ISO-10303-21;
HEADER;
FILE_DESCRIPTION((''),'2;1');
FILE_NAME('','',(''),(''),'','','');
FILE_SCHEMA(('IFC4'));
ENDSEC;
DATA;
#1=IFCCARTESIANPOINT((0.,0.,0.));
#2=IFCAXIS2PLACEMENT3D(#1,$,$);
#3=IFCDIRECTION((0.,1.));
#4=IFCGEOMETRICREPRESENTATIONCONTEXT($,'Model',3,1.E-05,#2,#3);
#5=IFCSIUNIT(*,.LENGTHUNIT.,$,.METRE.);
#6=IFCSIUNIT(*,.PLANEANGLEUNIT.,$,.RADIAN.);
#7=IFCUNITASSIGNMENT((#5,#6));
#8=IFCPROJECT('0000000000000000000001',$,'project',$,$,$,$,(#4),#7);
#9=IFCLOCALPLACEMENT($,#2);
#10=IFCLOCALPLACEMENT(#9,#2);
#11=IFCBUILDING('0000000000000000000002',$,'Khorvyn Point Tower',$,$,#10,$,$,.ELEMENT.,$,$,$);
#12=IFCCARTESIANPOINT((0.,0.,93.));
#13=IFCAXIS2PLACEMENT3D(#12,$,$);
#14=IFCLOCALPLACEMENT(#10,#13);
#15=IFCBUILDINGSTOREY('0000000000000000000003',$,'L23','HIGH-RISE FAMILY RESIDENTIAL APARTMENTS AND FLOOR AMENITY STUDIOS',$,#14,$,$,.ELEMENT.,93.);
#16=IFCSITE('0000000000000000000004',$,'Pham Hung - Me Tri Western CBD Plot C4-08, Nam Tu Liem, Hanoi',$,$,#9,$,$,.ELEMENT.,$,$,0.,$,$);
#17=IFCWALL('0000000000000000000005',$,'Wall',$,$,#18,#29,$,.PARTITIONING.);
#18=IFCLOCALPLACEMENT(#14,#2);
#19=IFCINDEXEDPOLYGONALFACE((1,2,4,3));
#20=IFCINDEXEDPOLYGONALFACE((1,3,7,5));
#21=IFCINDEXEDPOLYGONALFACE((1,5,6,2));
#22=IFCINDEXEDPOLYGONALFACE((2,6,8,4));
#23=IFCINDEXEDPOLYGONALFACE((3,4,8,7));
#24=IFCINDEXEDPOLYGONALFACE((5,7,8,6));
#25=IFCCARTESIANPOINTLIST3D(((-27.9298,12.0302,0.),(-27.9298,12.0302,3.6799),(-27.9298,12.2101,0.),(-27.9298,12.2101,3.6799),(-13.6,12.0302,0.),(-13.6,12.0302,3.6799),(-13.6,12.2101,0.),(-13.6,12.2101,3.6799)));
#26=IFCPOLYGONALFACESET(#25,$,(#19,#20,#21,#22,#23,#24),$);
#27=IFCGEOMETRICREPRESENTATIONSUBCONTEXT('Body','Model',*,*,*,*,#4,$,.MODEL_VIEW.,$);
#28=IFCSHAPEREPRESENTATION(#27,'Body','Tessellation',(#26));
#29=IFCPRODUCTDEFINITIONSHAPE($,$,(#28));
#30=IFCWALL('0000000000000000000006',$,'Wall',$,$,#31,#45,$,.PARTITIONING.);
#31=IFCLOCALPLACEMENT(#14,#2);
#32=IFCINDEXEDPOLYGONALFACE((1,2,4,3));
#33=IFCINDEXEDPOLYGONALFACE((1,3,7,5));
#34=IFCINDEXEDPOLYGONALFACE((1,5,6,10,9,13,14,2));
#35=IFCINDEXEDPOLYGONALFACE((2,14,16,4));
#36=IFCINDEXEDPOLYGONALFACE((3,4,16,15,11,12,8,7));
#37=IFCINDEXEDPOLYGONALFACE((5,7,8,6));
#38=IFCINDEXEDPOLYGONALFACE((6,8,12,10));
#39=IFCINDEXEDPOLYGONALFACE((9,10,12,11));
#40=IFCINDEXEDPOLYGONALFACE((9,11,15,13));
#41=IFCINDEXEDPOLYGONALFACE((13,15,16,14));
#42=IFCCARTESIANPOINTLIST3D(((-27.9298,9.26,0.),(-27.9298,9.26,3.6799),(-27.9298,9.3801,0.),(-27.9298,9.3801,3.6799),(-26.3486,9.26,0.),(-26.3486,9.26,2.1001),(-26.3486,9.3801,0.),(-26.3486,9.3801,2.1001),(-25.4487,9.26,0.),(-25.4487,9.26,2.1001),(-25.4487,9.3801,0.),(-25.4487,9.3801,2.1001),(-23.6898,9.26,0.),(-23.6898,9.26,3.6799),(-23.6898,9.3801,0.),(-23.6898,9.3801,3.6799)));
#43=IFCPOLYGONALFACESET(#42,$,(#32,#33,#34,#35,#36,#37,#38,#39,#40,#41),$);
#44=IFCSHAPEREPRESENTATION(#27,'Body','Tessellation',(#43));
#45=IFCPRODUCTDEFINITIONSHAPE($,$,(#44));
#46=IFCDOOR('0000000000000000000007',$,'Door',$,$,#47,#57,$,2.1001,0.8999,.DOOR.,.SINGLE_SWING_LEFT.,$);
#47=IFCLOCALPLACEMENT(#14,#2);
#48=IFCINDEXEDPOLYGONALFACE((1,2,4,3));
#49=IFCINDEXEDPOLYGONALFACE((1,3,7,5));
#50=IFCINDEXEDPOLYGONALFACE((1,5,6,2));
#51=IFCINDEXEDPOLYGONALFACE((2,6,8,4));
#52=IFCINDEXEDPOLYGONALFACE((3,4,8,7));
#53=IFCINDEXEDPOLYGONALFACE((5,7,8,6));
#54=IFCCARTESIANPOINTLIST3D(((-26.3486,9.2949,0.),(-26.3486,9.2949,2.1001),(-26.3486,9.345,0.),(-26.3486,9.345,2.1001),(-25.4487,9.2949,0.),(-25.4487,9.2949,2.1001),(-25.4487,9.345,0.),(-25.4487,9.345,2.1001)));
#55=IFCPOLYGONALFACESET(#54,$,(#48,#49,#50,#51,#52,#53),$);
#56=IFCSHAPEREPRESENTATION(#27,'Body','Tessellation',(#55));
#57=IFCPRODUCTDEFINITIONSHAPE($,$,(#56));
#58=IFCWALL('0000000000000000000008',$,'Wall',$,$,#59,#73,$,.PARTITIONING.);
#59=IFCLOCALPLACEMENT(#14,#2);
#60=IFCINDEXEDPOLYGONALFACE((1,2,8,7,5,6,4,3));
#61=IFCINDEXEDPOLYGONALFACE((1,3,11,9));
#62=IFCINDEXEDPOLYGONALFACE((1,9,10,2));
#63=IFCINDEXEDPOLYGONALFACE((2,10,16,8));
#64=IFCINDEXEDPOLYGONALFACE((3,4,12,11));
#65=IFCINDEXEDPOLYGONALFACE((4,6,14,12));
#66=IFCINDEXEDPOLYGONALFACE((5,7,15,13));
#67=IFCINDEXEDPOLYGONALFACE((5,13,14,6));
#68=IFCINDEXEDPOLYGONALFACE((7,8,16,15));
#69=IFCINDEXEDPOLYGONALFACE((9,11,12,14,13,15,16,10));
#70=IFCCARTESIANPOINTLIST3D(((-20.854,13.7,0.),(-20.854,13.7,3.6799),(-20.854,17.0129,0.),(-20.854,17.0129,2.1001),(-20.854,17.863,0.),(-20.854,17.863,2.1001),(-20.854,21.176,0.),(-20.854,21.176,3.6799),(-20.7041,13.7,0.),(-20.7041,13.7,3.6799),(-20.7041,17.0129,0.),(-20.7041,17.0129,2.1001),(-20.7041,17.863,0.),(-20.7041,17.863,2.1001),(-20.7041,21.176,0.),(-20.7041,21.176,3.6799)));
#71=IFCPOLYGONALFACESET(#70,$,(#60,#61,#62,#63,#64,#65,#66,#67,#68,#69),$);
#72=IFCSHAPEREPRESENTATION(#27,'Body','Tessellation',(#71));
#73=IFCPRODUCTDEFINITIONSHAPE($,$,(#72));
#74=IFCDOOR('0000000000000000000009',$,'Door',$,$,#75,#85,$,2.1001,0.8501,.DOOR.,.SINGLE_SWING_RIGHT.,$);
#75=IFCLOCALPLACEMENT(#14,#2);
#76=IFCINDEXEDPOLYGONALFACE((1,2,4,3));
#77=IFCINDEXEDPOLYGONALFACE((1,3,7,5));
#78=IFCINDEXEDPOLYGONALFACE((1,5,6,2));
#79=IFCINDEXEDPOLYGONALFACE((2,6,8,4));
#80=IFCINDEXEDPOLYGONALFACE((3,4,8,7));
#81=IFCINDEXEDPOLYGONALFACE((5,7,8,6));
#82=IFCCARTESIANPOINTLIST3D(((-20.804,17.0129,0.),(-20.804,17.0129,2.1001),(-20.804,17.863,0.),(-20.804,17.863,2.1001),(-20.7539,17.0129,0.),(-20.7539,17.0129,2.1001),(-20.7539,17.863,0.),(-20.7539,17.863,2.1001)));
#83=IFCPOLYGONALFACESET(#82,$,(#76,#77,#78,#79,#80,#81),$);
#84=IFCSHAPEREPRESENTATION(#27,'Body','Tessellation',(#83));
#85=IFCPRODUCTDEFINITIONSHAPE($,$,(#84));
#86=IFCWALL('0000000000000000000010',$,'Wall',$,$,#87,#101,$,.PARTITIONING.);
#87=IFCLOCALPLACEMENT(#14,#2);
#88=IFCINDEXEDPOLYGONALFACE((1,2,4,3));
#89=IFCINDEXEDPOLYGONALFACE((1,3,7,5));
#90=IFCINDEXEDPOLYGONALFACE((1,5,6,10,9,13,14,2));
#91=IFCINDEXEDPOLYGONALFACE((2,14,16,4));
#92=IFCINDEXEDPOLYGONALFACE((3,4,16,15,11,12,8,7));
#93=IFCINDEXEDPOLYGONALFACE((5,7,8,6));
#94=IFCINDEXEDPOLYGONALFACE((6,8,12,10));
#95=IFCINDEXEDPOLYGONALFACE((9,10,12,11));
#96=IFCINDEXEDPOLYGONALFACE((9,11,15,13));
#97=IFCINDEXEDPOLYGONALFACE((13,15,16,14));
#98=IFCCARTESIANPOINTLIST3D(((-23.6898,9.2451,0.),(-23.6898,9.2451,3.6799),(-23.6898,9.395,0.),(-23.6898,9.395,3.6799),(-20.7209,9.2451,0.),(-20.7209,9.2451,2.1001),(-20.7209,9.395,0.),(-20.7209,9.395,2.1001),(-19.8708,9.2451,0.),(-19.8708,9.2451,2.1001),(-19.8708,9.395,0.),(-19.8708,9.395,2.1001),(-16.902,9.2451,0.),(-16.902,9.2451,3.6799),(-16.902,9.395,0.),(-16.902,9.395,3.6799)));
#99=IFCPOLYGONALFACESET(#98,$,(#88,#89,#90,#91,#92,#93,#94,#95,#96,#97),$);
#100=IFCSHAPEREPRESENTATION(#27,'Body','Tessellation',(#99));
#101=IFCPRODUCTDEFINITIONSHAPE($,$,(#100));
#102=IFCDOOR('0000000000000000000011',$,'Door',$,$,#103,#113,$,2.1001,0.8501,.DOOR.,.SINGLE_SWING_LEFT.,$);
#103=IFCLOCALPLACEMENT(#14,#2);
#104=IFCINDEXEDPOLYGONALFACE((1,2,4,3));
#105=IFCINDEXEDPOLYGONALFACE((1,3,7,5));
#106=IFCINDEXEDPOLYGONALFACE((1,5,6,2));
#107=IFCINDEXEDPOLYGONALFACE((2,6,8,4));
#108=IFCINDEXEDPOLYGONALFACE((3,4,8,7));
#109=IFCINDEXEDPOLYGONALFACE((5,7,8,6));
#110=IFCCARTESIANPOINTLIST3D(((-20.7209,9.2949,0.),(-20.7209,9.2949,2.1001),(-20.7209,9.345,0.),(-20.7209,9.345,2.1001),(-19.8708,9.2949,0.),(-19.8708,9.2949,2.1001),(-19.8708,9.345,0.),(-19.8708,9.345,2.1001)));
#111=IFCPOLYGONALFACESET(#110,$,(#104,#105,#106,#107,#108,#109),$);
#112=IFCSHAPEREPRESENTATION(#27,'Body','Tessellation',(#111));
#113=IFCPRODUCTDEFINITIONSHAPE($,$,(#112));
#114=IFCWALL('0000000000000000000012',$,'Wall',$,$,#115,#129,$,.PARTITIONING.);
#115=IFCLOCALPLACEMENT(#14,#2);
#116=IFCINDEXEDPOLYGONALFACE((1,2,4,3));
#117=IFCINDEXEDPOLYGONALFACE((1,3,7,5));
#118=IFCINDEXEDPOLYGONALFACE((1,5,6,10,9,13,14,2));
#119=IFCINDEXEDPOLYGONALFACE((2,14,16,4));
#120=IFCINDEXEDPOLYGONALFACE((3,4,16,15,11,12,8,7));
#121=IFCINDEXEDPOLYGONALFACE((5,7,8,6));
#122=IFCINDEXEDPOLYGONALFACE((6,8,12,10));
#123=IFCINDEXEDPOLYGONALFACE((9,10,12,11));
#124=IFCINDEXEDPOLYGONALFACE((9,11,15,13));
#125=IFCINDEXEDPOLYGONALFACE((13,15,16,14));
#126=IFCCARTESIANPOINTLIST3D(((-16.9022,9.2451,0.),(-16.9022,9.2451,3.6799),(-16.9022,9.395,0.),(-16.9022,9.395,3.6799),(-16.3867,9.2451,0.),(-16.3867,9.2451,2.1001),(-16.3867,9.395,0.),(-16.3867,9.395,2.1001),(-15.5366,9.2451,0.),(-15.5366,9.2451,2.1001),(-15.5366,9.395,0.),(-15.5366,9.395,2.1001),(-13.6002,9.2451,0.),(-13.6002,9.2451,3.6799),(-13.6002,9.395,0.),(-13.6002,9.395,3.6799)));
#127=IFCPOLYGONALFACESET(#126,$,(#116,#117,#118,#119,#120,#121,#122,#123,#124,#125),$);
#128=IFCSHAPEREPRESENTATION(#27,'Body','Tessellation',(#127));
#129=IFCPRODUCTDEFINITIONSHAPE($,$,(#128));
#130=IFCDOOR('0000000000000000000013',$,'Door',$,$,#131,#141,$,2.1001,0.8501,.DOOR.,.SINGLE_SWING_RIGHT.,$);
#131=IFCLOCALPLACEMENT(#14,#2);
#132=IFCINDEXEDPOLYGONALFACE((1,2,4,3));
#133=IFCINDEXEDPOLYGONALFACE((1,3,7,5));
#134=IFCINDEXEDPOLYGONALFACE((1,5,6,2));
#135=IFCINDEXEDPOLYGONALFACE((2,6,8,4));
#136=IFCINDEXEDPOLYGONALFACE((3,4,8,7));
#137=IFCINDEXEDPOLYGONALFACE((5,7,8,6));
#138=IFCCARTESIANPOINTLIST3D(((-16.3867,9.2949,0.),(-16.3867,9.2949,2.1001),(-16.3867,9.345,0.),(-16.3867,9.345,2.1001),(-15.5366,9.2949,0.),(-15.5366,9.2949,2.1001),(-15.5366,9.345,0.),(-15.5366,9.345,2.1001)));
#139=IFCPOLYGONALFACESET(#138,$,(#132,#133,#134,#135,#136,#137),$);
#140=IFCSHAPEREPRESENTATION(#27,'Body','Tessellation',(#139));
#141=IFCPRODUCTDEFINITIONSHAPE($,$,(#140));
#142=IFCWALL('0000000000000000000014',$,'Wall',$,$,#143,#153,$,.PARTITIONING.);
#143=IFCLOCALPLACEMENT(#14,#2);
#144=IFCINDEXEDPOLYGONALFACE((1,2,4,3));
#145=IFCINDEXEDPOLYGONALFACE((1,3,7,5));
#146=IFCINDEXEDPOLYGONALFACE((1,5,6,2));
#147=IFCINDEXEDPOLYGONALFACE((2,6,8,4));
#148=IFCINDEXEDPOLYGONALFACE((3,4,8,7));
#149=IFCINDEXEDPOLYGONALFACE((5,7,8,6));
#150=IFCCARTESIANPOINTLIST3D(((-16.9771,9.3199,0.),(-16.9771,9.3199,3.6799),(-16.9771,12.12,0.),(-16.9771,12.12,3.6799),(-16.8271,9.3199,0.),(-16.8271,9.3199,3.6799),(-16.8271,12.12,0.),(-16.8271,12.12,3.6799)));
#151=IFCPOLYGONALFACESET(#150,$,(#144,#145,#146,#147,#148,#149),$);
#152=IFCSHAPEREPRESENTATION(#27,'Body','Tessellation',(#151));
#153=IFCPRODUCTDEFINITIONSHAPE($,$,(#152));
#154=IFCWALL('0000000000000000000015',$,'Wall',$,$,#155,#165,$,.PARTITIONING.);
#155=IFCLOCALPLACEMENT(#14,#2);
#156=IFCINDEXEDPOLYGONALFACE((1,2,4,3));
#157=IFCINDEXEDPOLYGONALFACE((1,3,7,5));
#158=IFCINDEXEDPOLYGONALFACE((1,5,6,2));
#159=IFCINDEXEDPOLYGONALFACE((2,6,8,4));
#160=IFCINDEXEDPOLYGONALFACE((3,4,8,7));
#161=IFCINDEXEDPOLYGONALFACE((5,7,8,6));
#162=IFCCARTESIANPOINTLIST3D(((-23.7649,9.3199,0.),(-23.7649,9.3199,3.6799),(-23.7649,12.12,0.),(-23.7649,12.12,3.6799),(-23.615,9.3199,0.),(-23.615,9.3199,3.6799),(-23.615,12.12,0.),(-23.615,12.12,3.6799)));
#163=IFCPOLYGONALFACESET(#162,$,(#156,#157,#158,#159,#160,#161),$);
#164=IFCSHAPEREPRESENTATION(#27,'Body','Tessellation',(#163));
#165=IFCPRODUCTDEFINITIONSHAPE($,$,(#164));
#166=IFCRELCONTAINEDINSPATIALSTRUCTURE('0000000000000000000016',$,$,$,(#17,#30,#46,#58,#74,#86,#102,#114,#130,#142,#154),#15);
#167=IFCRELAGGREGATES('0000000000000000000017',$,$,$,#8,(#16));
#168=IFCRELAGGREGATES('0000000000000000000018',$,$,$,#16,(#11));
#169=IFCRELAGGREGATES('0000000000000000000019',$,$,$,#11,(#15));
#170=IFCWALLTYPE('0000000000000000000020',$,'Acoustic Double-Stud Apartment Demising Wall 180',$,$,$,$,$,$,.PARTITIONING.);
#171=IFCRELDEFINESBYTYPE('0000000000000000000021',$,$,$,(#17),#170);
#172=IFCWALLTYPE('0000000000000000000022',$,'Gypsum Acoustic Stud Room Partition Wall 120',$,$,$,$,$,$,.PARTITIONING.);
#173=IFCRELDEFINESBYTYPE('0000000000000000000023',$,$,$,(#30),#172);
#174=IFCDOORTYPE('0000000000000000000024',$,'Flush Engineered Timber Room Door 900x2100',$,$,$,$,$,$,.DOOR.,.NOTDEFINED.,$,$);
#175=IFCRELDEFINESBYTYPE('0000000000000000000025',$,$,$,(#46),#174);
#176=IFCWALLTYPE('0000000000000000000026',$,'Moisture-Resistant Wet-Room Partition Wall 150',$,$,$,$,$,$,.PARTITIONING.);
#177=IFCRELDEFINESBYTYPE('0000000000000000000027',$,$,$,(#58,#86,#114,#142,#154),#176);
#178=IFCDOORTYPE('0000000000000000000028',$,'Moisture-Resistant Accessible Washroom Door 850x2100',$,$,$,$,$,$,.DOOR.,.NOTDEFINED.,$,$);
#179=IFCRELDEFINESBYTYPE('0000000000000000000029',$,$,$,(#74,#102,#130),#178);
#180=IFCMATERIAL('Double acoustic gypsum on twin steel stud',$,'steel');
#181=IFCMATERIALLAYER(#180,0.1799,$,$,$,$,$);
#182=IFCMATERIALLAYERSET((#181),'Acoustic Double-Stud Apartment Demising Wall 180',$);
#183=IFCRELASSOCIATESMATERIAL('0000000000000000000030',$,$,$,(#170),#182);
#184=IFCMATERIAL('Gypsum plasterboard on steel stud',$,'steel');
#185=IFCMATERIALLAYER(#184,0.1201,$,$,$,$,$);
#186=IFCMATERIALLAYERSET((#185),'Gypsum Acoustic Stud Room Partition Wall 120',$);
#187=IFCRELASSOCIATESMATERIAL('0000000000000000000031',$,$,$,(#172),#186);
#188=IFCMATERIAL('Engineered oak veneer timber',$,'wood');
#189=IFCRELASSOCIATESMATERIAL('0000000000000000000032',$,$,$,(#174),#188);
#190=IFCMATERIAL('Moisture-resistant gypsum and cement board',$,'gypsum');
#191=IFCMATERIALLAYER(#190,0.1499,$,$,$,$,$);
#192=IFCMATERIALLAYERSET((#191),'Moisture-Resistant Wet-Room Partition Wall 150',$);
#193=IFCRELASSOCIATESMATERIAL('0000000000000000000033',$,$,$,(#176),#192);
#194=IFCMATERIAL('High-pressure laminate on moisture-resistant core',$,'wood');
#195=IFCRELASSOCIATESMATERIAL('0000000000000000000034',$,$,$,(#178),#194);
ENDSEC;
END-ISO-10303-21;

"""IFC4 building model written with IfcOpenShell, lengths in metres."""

from ifc_helpers import new_model, si_unit, direction, frame, frame_2d, origin, place, context, subcontext, project, spatial, rectangle, extrude, material, layer, layer_set, type_object, element, fill, save


model = new_model("IFC4")

# Units and contexts
model_context = context("Model", 3, precision=1e-05, world=origin(), true_north=direction((0.0, 1.0)))
body_context = subcontext(model_context, "Body", "Model", "MODEL_VIEW")
ifc_project = project(units=[si_unit("LENGTHUNIT", "METRE"), si_unit("PLANEANGLEUNIT", "RADIAN")], contexts=[model_context])

# Site, building, storey
site_placement = place(None, origin())
site = spatial("IfcSite", under=ifc_project, at=site_placement, Name="Pham Hung - Me Tri Western CBD Plot C4-08, Nam Tu Liem, Hanoi", CompositionType="ELEMENT", RefElevation=0.0)
building_placement = place(site_placement, origin())
building = spatial("IfcBuilding", under=site, at=building_placement, Name="Khorvyn Point Tower", CompositionType="ELEMENT")
storey_placement = place(building_placement, frame((0.0, 0.0, 93.0)))
storey = spatial("IfcBuildingStorey", under=building, at=storey_placement, Name="L23", Description="HIGH-RISE FAMILY RESIDENTIAL APARTMENTS AND FLOOR AMENITY STUDIOS", CompositionType="ELEMENT", Elevation=93.0)

# Shared definitions
ifc_material_1 = material(Name="Double acoustic gypsum on twin steel stud", Category="steel")
ifc_layer_1 = layer(ifc_material_1, 0.1799)
ifc_layer_set_1 = layer_set([ifc_layer_1], Name="Acoustic Double-Stud Apartment Demising Wall 180")
wall_type_1 = type_object("IfcWallType", Name="Acoustic Double-Stud Apartment Demising Wall 180", PredefinedType="PARTITIONING", material=ifc_layer_set_1)

# Wall
wall_1_placement = place(storey_placement, frame((-27.9299, 12.1201, 0.0), z_axis=(0.0, 0.0, 1.0), x_axis=(1.0, 0.0, 0.0)))
element("IfcWall", 1, at=wall_1_placement, inside=storey, type_object=wall_type_1, Name="Wall", PredefinedType="PARTITIONING", context=body_context, shape_type="SweptSolid", body=[
    extrude(rectangle(XDim=14.3298, YDim=0.1799, at=frame_2d((7.165, 0.0))), origin(), (0.0, 0.0, 1.0), 3.6799),
])

# Walls, openings, doors
ifc_material_2 = material(Name="Gypsum plasterboard on steel stud", Category="steel")
ifc_layer_2 = layer(ifc_material_2, 0.1201)
ifc_layer_set_2 = layer_set([ifc_layer_2], Name="Gypsum Acoustic Stud Room Partition Wall 120")
wall_type_2 = type_object("IfcWallType", Name="Gypsum Acoustic Stud Room Partition Wall 120", PredefinedType="PARTITIONING", material=ifc_layer_set_2)
wall_2_placement = place(storey_placement, frame((-27.9299, 9.3201, 0.0), z_axis=(0.0, 0.0, 1.0), x_axis=(1.0, 0.0, 0.0)))
wall_2 = element("IfcWall", 2, at=wall_2_placement, inside=storey, type_object=wall_type_2, Name="Wall", PredefinedType="PARTITIONING", context=body_context, shape_type="SweptSolid", body=[
    extrude(rectangle(XDim=4.24, YDim=0.1201, at=frame_2d((2.1201, 0.0))), origin(), (0.0, 0.0, 1.0), 3.6799),
])
opening_1_placement = place(wall_2_placement, frame((1.5813, 0.0, 0.0)))
opening_1 = element("IfcOpeningElement", 3, at=opening_1_placement, cuts=wall_2, PredefinedType="OPENING", context=body_context, shape_type="SweptSolid", body=[
    extrude(rectangle(XDim=0.8999, YDim=2.1001, at=frame_2d((0.45, 1.05))), frame((0.0, 0.0701, 0.0), z_axis=(0.0, -1.0, 0.0), x_axis=(1.0, 0.0, 0.0)), (0.0, 0.0, 1.0), 0.1401),
])
ifc_material_3 = material(Name="Engineered oak veneer timber", Category="wood")
door_type_1 = type_object("IfcDoorType", Name="Flush Engineered Timber Room Door 900x2100", OperationType="NOTDEFINED", PredefinedType="DOOR", material=ifc_material_3)
door_1_placement = place(opening_1_placement, origin())
door_1 = element("IfcDoor", 4, at=door_1_placement, inside=storey, type_object=door_type_1, Name="Door", OperationType="SINGLE_SWING_LEFT", OverallHeight=2.1001, OverallWidth=0.8999, PredefinedType="DOOR", context=body_context, shape_type="SweptSolid", body=[
    extrude(rectangle(XDim=0.8999, YDim=2.1001, at=frame_2d((0.45, 1.05))), frame((0.0, 0.0249, 0.0), z_axis=(0.0, -1.0, 0.0), x_axis=(1.0, 0.0, 0.0)), (0.0, 0.0, 1.0), 0.05),
])
fill(opening_1, door_1)
ifc_material_4 = material(Name="Moisture-resistant gypsum and cement board", Category="gypsum")
ifc_layer_3 = layer(ifc_material_4, 0.1499)
ifc_layer_set_3 = layer_set([ifc_layer_3], Name="Moisture-Resistant Wet-Room Partition Wall 150")
wall_type_3 = type_object("IfcWallType", Name="Moisture-Resistant Wet-Room Partition Wall 150", PredefinedType="PARTITIONING", material=ifc_layer_set_3)
wall_3_placement = place(storey_placement, frame((-20.7791, 13.7, 0.0), z_axis=(0.0, 0.0, 1.0), x_axis=(0.0, 1.0, 0.0)))
wall_3 = element("IfcWall", 5, at=wall_3_placement, inside=storey, type_object=wall_type_3, Name="Wall", PredefinedType="PARTITIONING", context=body_context, shape_type="SweptSolid", body=[
    extrude(rectangle(XDim=7.4761, YDim=0.1499, at=frame_2d((3.738, 0.0))), origin(), (0.0, 0.0, 1.0), 3.6799),
])
opening_2_placement = place(wall_3_placement, frame((3.313, 0.0, 0.0)))
opening_2 = element("IfcOpeningElement", 6, at=opening_2_placement, cuts=wall_3, PredefinedType="OPENING", context=body_context, shape_type="SweptSolid", body=[
    extrude(rectangle(XDim=0.8501, YDim=2.1001, at=frame_2d((0.425, 1.05))), frame((0.0, 0.085, 0.0), z_axis=(0.0, -1.0, 0.0), x_axis=(1.0, 0.0, 0.0)), (0.0, 0.0, 1.0), 0.1699),
])
ifc_material_5 = material(Name="High-pressure laminate on moisture-resistant core", Category="wood")
door_type_2 = type_object("IfcDoorType", Name="Moisture-Resistant Accessible Washroom Door 850x2100", OperationType="NOTDEFINED", PredefinedType="DOOR", material=ifc_material_5)
door_2_placement = place(opening_2_placement, origin())
door_2 = element("IfcDoor", 7, at=door_2_placement, inside=storey, type_object=door_type_2, Name="Door", OperationType="SINGLE_SWING_RIGHT", OverallHeight=2.1001, OverallWidth=0.8501, PredefinedType="DOOR", context=body_context, shape_type="SweptSolid", body=[
    extrude(rectangle(XDim=0.8501, YDim=2.1001, at=frame_2d((0.425, 1.05))), frame((0.0, 0.0249, 0.0), z_axis=(0.0, -1.0, 0.0), x_axis=(1.0, 0.0, 0.0)), (0.0, 0.0, 1.0), 0.05),
])
fill(opening_2, door_2)
wall_4_placement = place(storey_placement, frame((-23.6899, 9.3201, 0.0), z_axis=(0.0, 0.0, 1.0), x_axis=(1.0, 0.0, 0.0)))
wall_4 = element("IfcWall", 8, at=wall_4_placement, inside=storey, type_object=wall_type_3, Name="Wall", PredefinedType="PARTITIONING", context=body_context, shape_type="SweptSolid", body=[
    extrude(rectangle(XDim=6.7878, YDim=0.1499, at=frame_2d((3.394, 0.0))), origin(), (0.0, 0.0, 1.0), 3.6799),
])
opening_3_placement = place(wall_4_placement, frame((2.969, 0.0, 0.0)))
opening_3 = element("IfcOpeningElement", 9, at=opening_3_placement, cuts=wall_4, PredefinedType="OPENING", context=body_context, shape_type="SweptSolid", body=[
    extrude(rectangle(XDim=0.8501, YDim=2.1001, at=frame_2d((0.425, 1.05))), frame((0.0, 0.085, 0.0), z_axis=(0.0, -1.0, 0.0), x_axis=(1.0, 0.0, 0.0)), (0.0, 0.0, 1.0), 0.1699),
])
door_3_placement = place(opening_3_placement, origin())
door_3 = element("IfcDoor", 10, at=door_3_placement, inside=storey, type_object=door_type_2, Name="Door", OperationType="SINGLE_SWING_LEFT", OverallHeight=2.1001, OverallWidth=0.8501, PredefinedType="DOOR", context=body_context, shape_type="SweptSolid", body=[
    extrude(rectangle(XDim=0.8501, YDim=2.1001, at=frame_2d((0.425, 1.05))), frame((0.0, 0.0249, 0.0), z_axis=(0.0, -1.0, 0.0), x_axis=(1.0, 0.0, 0.0)), (0.0, 0.0, 1.0), 0.05),
])
fill(opening_3, door_3)
wall_5_placement = place(storey_placement, frame((-16.9021, 9.3201, 0.0), z_axis=(0.0, 0.0, 1.0), x_axis=(1.0, 0.0, 0.0)))
wall_5 = element("IfcWall", 11, at=wall_5_placement, inside=storey, type_object=wall_type_3, Name="Wall", PredefinedType="PARTITIONING", context=body_context, shape_type="SweptSolid", body=[
    extrude(rectangle(XDim=3.302, YDim=0.1499, at=frame_2d((1.6509, 0.0))), origin(), (0.0, 0.0, 1.0), 3.6799),
])
opening_4_placement = place(wall_5_placement, frame((0.5154, 0.0, 0.0)))
opening_4 = element("IfcOpeningElement", 12, at=opening_4_placement, cuts=wall_5, PredefinedType="OPENING", context=body_context, shape_type="SweptSolid", body=[
    extrude(rectangle(XDim=0.8501, YDim=2.1001, at=frame_2d((0.425, 1.05))), frame((0.0, 0.085, 0.0), z_axis=(0.0, -1.0, 0.0), x_axis=(1.0, 0.0, 0.0)), (0.0, 0.0, 1.0), 0.1699),
])
door_4_placement = place(opening_4_placement, origin())
door_4 = element("IfcDoor", 13, at=door_4_placement, inside=storey, type_object=door_type_2, Name="Door", OperationType="SINGLE_SWING_RIGHT", OverallHeight=2.1001, OverallWidth=0.8501, PredefinedType="DOOR", context=body_context, shape_type="SweptSolid", body=[
    extrude(rectangle(XDim=0.8501, YDim=2.1001, at=frame_2d((0.425, 1.05))), frame((0.0, 0.0249, 0.0), z_axis=(0.0, -1.0, 0.0), x_axis=(1.0, 0.0, 0.0)), (0.0, 0.0, 1.0), 0.05),
])
fill(opening_4, door_4)

# Walls
for number, where, z_axis, x_axis, name in (
    (14, (-16.9021, 9.3201, 0.0), (0.0, 0.0, 1.0), (0.0, 1.0, 0.0), "Wall"),
    (15, (-23.6899, 9.3201, 0.0), (0.0, 0.0, 1.0), (0.0, 1.0, 0.0), "Wall"),
):
    element("IfcWall", number, at=place(storey_placement, frame(where, z_axis=z_axis, x_axis=x_axis)), inside=storey, type_object=wall_type_3, Name=name, PredefinedType="PARTITIONING", context=body_context, shape_type="SweptSolid", body=[
        extrude(rectangle(XDim=2.8, YDim=0.1499, at=frame_2d((1.3999, 0.0))), origin(), (0.0, 0.0, 1.0), 3.6799),
    ])

save(model, "model.ifc")
